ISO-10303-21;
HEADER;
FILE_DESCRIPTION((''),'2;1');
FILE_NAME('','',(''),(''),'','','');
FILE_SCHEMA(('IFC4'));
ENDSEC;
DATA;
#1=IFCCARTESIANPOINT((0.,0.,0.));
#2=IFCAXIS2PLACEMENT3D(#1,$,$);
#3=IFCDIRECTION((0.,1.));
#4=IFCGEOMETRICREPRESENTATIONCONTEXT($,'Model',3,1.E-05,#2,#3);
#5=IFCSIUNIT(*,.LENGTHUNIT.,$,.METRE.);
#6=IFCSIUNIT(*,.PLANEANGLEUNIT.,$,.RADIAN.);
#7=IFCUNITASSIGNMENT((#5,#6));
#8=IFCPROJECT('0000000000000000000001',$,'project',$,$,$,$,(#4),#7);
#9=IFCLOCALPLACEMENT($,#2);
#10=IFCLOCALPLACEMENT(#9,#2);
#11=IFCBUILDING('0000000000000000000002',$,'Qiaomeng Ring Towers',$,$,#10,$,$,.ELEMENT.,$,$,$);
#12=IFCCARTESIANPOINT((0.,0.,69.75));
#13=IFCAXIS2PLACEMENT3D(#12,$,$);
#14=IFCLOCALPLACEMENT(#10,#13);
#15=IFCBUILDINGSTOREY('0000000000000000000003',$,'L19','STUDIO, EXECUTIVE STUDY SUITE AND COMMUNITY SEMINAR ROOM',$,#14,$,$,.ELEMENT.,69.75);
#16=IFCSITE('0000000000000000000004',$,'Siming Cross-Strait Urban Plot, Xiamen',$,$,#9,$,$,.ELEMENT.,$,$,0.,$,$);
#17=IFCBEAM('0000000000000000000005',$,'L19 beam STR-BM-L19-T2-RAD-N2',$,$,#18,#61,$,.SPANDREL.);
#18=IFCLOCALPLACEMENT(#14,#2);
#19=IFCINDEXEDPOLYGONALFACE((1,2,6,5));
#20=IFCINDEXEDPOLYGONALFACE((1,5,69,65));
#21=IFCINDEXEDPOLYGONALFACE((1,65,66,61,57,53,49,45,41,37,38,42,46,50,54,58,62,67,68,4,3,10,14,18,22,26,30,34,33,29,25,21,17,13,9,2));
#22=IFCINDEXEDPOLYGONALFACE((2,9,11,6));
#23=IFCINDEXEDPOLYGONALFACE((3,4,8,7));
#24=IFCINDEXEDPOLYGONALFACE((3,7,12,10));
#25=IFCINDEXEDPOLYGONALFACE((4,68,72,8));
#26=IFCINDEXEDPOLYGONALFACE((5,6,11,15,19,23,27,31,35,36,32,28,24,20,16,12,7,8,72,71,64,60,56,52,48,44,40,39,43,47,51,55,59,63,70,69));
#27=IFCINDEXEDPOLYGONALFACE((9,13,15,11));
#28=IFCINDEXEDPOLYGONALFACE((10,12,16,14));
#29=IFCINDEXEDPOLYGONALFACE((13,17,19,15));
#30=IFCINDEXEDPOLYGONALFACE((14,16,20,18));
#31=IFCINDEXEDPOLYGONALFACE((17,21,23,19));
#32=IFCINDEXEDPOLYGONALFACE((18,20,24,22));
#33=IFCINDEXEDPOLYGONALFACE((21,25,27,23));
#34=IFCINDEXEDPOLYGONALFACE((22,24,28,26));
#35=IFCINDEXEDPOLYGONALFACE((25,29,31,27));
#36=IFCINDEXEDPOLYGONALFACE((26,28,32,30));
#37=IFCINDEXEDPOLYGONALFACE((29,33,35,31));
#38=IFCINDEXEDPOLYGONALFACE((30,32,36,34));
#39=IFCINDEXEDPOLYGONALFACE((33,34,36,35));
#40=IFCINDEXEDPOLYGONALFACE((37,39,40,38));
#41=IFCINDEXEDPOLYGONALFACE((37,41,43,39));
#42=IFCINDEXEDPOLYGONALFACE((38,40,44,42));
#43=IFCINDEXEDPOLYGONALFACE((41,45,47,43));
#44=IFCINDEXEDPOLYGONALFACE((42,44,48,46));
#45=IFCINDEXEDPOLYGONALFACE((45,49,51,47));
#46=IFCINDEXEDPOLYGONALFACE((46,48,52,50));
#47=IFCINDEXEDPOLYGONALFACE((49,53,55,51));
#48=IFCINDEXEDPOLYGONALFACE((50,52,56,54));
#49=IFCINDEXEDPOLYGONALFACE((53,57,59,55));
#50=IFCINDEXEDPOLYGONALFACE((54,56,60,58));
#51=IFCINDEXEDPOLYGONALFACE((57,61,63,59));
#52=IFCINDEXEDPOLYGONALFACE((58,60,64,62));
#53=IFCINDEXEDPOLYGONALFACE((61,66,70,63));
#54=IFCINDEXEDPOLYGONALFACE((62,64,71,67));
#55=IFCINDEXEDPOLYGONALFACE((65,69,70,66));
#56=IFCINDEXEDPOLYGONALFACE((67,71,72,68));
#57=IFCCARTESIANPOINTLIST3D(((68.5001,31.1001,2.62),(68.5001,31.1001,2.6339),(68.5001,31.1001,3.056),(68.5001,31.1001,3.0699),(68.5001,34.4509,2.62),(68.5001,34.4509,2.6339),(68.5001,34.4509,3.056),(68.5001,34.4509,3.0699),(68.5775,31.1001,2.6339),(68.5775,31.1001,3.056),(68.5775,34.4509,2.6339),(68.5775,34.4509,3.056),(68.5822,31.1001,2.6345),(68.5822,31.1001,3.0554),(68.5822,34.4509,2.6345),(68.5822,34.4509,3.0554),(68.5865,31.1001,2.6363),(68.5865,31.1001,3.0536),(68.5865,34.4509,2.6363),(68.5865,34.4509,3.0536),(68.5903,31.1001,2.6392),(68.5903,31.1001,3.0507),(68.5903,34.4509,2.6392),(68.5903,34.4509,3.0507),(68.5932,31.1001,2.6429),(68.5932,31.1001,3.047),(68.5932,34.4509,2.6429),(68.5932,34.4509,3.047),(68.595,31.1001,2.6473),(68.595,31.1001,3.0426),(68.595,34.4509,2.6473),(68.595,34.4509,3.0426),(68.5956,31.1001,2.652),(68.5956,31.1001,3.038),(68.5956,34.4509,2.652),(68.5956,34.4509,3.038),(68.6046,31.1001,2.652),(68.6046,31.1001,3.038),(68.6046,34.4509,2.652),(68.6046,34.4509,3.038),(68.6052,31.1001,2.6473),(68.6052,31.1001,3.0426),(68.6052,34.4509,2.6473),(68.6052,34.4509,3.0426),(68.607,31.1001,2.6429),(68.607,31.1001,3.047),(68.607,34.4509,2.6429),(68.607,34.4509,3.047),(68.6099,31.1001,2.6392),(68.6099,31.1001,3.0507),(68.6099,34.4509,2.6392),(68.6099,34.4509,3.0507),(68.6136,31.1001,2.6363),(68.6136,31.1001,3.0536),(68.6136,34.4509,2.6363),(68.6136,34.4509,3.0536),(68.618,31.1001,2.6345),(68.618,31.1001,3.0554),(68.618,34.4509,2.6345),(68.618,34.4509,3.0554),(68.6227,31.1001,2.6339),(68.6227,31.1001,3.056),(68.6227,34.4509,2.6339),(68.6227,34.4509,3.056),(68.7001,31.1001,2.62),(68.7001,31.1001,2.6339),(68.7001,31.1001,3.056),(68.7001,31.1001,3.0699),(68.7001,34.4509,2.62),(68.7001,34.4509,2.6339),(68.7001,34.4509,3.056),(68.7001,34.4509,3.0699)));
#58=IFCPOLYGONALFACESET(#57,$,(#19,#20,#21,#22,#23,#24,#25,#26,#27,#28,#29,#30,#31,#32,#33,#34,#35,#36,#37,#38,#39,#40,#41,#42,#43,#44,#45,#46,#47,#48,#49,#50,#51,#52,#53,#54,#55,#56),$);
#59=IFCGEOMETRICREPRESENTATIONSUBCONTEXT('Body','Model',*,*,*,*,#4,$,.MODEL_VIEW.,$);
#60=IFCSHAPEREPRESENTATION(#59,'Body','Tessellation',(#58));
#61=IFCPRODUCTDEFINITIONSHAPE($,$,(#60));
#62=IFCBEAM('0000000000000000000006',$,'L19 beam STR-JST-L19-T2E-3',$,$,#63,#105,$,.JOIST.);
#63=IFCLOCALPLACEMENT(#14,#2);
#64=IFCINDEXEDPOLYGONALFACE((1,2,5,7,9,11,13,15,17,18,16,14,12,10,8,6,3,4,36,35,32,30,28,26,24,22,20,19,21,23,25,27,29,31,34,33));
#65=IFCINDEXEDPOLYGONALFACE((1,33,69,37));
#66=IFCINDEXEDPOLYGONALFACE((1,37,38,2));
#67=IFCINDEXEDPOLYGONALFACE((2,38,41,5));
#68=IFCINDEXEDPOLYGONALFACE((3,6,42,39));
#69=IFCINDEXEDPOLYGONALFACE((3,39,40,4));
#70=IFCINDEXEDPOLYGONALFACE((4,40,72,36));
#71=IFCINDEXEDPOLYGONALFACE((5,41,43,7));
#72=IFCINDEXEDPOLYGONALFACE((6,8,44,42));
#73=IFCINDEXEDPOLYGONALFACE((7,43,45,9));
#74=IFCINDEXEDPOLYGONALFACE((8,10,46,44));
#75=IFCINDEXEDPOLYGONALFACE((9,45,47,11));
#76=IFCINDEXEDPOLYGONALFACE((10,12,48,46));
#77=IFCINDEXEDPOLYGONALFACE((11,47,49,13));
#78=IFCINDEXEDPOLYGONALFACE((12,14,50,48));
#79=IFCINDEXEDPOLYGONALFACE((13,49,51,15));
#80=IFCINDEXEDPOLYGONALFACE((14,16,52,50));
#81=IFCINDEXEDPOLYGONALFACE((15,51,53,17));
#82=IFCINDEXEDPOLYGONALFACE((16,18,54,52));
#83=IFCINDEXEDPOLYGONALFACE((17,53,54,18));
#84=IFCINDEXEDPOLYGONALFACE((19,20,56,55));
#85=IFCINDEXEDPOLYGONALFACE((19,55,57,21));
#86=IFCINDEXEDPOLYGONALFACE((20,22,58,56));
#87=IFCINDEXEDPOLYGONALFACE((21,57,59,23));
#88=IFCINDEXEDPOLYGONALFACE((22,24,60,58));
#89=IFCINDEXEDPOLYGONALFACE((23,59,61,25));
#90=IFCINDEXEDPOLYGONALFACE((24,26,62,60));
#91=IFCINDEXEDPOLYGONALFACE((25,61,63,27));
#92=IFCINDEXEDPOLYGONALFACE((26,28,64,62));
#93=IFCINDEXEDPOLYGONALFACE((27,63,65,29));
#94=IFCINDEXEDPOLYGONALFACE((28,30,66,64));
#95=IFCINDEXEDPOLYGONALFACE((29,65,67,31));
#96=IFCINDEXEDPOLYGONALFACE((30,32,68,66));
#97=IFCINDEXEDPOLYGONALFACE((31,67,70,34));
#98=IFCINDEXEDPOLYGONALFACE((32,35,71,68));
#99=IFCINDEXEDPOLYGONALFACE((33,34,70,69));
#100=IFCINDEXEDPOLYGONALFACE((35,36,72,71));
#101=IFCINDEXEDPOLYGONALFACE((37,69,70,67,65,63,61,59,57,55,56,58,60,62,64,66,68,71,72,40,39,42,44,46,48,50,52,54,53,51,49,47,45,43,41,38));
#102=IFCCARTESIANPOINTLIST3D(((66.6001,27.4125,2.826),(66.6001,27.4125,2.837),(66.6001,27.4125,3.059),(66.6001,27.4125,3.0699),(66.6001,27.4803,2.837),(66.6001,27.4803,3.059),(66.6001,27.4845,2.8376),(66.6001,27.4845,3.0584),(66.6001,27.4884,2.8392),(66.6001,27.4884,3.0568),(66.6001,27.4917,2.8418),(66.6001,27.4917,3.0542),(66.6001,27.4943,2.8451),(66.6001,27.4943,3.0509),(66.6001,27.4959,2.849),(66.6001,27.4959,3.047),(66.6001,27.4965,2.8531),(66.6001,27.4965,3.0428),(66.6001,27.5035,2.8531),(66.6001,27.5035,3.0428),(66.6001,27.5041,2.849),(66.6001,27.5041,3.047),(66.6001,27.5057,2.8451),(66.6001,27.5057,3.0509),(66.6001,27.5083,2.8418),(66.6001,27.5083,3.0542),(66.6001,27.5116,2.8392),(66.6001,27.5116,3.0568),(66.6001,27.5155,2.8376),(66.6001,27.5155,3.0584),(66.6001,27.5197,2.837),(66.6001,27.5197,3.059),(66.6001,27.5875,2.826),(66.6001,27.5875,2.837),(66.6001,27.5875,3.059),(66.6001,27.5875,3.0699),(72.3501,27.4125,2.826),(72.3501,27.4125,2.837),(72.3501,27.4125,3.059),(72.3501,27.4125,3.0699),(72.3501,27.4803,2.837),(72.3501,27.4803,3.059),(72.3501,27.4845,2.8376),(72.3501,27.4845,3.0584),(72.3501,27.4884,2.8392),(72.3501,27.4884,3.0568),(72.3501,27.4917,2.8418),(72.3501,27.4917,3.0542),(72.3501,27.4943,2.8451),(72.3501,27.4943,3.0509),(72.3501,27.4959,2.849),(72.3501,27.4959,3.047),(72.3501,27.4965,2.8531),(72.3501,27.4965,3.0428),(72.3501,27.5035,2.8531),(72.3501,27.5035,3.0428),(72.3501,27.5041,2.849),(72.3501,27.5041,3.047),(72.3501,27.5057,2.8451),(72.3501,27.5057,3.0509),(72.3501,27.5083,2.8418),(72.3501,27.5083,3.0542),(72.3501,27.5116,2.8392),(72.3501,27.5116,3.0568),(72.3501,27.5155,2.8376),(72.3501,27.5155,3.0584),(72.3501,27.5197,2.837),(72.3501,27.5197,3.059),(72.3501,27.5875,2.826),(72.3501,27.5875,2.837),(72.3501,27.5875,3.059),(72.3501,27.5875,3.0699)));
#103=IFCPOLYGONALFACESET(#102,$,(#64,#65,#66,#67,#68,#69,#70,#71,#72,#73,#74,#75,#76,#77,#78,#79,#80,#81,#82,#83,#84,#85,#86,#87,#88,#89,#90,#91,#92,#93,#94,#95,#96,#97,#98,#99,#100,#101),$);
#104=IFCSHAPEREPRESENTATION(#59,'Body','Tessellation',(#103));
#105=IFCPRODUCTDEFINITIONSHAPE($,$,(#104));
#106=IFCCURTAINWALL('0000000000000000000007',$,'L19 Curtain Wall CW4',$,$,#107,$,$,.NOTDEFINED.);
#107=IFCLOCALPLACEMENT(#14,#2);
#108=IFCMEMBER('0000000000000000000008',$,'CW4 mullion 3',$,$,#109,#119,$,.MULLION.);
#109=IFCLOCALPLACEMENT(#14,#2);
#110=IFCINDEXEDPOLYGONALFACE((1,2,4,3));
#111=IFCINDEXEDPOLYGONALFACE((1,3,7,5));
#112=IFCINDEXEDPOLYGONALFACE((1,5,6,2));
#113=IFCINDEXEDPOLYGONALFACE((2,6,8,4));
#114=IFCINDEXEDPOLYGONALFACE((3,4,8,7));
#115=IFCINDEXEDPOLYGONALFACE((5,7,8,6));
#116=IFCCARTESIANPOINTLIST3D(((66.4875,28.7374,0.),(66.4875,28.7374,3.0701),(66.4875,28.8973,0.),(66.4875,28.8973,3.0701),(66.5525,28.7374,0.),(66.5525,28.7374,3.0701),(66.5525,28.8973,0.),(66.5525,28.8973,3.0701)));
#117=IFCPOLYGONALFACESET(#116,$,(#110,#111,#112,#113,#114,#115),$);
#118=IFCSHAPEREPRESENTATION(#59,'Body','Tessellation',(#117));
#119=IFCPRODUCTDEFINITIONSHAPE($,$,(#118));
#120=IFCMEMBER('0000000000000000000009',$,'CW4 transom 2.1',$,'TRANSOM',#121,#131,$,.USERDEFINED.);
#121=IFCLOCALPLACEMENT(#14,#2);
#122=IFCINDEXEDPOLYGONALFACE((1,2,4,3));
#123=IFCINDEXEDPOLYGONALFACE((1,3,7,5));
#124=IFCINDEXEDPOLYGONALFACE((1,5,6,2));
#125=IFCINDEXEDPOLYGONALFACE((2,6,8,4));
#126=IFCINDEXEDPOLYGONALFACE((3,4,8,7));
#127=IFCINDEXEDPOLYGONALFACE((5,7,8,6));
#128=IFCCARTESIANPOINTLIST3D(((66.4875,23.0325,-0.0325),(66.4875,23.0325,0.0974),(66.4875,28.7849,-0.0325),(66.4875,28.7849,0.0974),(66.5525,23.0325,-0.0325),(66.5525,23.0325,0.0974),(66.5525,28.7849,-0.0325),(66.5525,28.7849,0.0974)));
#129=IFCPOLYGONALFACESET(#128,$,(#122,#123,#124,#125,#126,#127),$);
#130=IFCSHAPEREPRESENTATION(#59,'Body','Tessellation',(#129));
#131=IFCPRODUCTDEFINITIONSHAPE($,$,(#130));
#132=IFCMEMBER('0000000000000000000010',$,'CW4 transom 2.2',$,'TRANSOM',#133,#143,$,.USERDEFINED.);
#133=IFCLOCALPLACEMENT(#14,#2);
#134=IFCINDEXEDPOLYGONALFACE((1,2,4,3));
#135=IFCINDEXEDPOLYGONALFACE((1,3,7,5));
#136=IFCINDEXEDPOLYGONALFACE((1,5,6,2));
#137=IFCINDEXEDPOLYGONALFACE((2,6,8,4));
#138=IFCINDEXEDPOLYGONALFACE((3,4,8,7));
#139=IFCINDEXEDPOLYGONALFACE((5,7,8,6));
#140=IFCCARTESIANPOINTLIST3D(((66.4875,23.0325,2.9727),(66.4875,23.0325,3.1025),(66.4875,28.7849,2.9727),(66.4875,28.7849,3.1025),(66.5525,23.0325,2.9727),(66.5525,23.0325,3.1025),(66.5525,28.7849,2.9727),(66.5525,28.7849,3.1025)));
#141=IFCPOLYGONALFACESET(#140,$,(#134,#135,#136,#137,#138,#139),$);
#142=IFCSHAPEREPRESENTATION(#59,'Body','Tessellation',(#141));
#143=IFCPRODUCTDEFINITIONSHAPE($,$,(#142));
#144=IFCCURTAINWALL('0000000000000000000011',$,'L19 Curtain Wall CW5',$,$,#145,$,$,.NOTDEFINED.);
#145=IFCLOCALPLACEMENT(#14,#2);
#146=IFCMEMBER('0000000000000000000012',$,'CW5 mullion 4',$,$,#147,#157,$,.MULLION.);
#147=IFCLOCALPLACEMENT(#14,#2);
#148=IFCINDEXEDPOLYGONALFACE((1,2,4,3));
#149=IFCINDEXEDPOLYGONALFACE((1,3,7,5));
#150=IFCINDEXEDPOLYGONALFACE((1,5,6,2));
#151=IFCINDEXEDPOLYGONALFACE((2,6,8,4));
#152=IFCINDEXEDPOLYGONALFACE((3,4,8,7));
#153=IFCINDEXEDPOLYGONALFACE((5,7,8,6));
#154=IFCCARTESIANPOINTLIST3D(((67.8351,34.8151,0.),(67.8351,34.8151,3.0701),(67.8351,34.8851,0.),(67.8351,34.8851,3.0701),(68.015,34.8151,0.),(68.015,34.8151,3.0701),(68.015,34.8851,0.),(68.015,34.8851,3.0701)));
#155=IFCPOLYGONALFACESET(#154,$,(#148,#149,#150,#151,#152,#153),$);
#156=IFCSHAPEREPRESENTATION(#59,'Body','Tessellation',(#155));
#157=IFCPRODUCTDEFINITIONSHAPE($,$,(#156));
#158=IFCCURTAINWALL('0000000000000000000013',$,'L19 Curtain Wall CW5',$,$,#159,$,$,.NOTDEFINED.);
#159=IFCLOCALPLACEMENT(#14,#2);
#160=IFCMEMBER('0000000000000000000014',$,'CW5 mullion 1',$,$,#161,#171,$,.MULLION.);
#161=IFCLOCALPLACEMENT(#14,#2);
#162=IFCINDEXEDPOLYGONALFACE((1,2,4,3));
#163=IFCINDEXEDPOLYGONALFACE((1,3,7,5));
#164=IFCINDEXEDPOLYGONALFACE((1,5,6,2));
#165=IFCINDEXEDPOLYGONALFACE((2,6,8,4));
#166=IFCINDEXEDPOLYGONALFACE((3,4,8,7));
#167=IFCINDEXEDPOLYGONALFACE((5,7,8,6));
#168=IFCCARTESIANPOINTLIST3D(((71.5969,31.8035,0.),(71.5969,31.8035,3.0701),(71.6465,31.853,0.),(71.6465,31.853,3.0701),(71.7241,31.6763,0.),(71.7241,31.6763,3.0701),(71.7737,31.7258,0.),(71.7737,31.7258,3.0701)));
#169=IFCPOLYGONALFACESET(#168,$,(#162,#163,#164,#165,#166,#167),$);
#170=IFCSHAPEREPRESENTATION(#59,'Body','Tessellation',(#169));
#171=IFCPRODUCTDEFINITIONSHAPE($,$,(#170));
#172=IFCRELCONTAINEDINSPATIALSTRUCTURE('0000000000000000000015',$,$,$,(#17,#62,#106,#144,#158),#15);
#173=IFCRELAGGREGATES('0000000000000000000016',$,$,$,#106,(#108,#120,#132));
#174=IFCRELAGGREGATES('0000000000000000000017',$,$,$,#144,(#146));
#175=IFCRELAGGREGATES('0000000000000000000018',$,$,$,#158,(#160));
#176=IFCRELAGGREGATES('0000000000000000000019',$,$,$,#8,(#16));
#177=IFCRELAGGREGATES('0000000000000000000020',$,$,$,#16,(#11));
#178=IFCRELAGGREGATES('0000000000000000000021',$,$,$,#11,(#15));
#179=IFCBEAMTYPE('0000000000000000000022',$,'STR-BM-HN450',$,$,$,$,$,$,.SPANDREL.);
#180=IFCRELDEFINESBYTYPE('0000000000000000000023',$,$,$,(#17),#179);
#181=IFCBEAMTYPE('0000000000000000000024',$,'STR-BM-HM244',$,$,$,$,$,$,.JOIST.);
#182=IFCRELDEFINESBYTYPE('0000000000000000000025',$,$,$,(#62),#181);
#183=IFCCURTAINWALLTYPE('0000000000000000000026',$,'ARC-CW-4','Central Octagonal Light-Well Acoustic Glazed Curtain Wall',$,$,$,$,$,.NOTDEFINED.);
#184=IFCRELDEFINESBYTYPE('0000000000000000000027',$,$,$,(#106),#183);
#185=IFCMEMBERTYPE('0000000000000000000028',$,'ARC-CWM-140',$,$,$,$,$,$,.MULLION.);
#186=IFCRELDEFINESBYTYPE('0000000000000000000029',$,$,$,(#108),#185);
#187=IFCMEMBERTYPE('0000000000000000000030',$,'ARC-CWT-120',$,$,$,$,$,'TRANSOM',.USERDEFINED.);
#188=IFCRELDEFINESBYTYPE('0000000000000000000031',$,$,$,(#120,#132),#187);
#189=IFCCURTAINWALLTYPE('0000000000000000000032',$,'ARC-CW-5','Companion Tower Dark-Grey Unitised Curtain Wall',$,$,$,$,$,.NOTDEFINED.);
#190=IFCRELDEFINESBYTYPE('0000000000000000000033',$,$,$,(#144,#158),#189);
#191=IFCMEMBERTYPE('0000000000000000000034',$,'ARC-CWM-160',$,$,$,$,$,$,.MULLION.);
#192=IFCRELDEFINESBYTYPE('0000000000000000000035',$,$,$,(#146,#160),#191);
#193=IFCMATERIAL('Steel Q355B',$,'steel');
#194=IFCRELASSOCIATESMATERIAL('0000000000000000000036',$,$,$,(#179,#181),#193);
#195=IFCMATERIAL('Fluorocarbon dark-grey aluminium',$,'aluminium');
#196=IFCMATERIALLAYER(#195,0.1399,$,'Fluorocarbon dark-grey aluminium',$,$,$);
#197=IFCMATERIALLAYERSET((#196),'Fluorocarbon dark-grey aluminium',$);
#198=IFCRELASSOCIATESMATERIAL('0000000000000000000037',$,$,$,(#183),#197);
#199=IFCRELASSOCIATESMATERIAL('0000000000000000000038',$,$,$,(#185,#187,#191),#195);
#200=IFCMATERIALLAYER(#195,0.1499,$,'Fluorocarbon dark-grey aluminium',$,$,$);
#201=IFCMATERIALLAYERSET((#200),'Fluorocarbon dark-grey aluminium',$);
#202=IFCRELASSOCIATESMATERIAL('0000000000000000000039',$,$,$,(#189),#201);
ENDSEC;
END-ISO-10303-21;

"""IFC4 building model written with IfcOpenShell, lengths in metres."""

from ifc_helpers import new_model, si_unit, direction, frame, origin, origin_2d, place, context, subcontext, project, spatial, rectangle, i_section, extrude, source, transform, mapped, material, layer, layer_set, material_profile, profile_set, type_object, element, aggregate, save


model = new_model("IFC4")

# Units and contexts
model_context = context("Model", 3, precision=1e-05, world=origin(), true_north=direction((0.0, 1.0)))
body_context = subcontext(model_context, "Body", "Model", "MODEL_VIEW")
ifc_project = project(units=[si_unit("LENGTHUNIT", "METRE"), si_unit("PLANEANGLEUNIT", "RADIAN")], contexts=[model_context])

# Site, building, storey
site_placement = place(None, origin())
site = spatial("IfcSite", under=ifc_project, at=site_placement, Name="Siming Cross-Strait Urban Plot, Xiamen", CompositionType="ELEMENT", RefElevation=0.0)
building_placement = place(site_placement, origin())
building = spatial("IfcBuilding", under=site, at=building_placement, Name="Qiaomeng Ring Towers", CompositionType="ELEMENT")
storey_placement = place(building_placement, frame((0.0, 0.0, 69.75)))
storey = spatial("IfcBuildingStorey", under=building, at=storey_placement, Name="L19", Description="STUDIO, EXECUTIVE STUDY SUITE AND COMMUNITY SEMINAR ROOM", CompositionType="ELEMENT", Elevation=69.75)

# Beams
ifc_material_1 = material(Name="Steel Q355B", Category="steel")
ifc_material_profile_1 = material_profile(ifc_material_1, i_section(OverallWidth=0.2, OverallDepth=0.45, WebThickness=0.009, FlangeThickness=0.0139, FilletRadius=0.0181, at=origin_2d()), Name="HN 450x200x9x14")
ifc_profile_set_1 = profile_set([ifc_material_profile_1], Name="Steel Q355B")
beam_type_1 = type_object("IfcBeamType", Name="STR-BM-HN450", PredefinedType="SPANDREL", material=ifc_profile_set_1)
shared_shape_1 = source(origin(), body_context, "Body", "SweptSolid", [
    extrude(i_section(OverallWidth=0.2, OverallDepth=0.45, WebThickness=0.009, FlangeThickness=0.0139, FilletRadius=0.0181, at=origin_2d()), origin(), (0.0, 0.0, 1.0), 3.3508),
])
beam_1_placement = place(storey_placement, frame((68.6001, 34.4509, 2.845), z_axis=(0.0, -1.0, 0.0), x_axis=(1.0, 0.0, 0.0)))
element("IfcBeam", 1, at=beam_1_placement, inside=storey, type_object=beam_type_1, Name="L19 beam STR-BM-L19-T2-RAD-N2", PredefinedType="SPANDREL", context=body_context, shape_type="MappedRepresentation", body=[
    mapped(shared_shape_1, transform((0.0, 0.0, 0.0), x_axis=(1.0, 0.0, 0.0), y_axis=(0.0, 1.0, 0.0), z_axis=(0.0, 0.0, 1.0), scale=1.0)),
])
ifc_material_profile_2 = material_profile(ifc_material_1, i_section(OverallWidth=0.175, OverallDepth=0.2439, WebThickness=0.0071, FlangeThickness=0.011, FilletRadius=0.0161, at=origin_2d()), Name="HM 244x175x7x11")
ifc_profile_set_2 = profile_set([ifc_material_profile_2], Name="Steel Q355B")
beam_type_2 = type_object("IfcBeamType", Name="STR-BM-HM244", PredefinedType="JOIST", material=ifc_profile_set_2)
shared_shape_2 = source(origin(), body_context, "Body", "SweptSolid", [
    extrude(i_section(OverallWidth=0.175, OverallDepth=0.2439, WebThickness=0.0071, FlangeThickness=0.011, FilletRadius=0.0161, at=origin_2d()), origin(), (0.0, 0.0, 1.0), 5.75),
])
beam_2_placement = place(storey_placement, frame((66.6001, 27.5, 2.948), z_axis=(1.0, 0.0, 0.0), x_axis=(0.0, 1.0, 0.0)))
element("IfcBeam", 2, at=beam_2_placement, inside=storey, type_object=beam_type_2, Name="L19 beam STR-JST-L19-T2E-3", PredefinedType="JOIST", context=body_context, shape_type="MappedRepresentation", body=[
    mapped(shared_shape_2, transform((0.0, 0.0, 0.0), x_axis=(1.0, 0.0, 0.0), y_axis=(0.0, 1.0, 0.0), z_axis=(0.0, 0.0, 1.0), scale=1.0)),
])

# Curtain wall, members
ifc_material_2 = material(Name="Fluorocarbon dark-grey aluminium", Category="aluminium")
ifc_layer_1 = layer(ifc_material_2, 0.1399, Name="Fluorocarbon dark-grey aluminium")
ifc_layer_set_1 = layer_set([ifc_layer_1], Name="Fluorocarbon dark-grey aluminium")
curtain_wall_type_1 = type_object("IfcCurtainWallType", Name="ARC-CW-4", Description="Central Octagonal Light-Well Acoustic Glazed Curtain Wall", PredefinedType="NOTDEFINED", material=ifc_layer_set_1)
curtain_wall_1_placement = place(storey_placement, origin())
curtain_wall_1 = element("IfcCurtainWall", 3, at=curtain_wall_1_placement, inside=storey, type_object=curtain_wall_type_1, Name="L19 Curtain Wall CW4", PredefinedType="NOTDEFINED")
ifc_material_profile_3 = material_profile(ifc_material_2, rectangle(XDim=0.0649, YDim=0.1599, at=origin_2d()), Name="ALU MULL 65x160")
ifc_profile_set_3 = profile_set([ifc_material_profile_3], Name="Fluorocarbon dark-grey aluminium")
member_type_1 = type_object("IfcMemberType", Name="ARC-CWM-140", PredefinedType="MULLION", material=ifc_profile_set_3)
shared_shape_3 = source(origin(), body_context, "Body", "SweptSolid", [
    extrude(rectangle(XDim=0.0649, YDim=0.1599, at=origin_2d()), origin(), (0.0, 0.0, 1.0), 3.0701),
])
member_1_placement = place(storey_placement, frame((66.52, 28.8174, 0.0), z_axis=(0.0, 0.0, 1.0), x_axis=(-1.0, 0.0, 0.0)))
member_1 = element("IfcMember", 4, at=member_1_placement, type_object=member_type_1, Name="CW4 mullion 3", PredefinedType="MULLION", context=body_context, shape_type="MappedRepresentation", body=[
    mapped(shared_shape_3, transform((0.0, 0.0, 0.0), x_axis=(1.0, 0.0, 0.0), y_axis=(0.0, 1.0, 0.0), z_axis=(0.0, 0.0, 1.0), scale=1.0)),
])
ifc_material_profile_4 = material_profile(ifc_material_2, rectangle(XDim=0.0649, YDim=0.1299, at=origin_2d()), Name="ALU TRAN 65x130")
ifc_profile_set_4 = profile_set([ifc_material_profile_4], Name="Fluorocarbon dark-grey aluminium")
member_type_2 = type_object("IfcMemberType", Name="ARC-CWT-120", ElementType="TRANSOM", PredefinedType="USERDEFINED", material=ifc_profile_set_4)
shared_shape_4 = source(origin(), body_context, "Body", "SweptSolid", [
    extrude(rectangle(XDim=0.0649, YDim=0.1299, at=origin_2d()), origin(), (0.0, 0.0, 1.0), 5.7524),
])
member_2_placement = place(storey_placement, frame((66.52, 23.0325, 0.0325), z_axis=(0.0, 1.0, 0.0), x_axis=(-1.0, 0.0, 0.0)))
member_2 = element("IfcMember", 5, at=member_2_placement, type_object=member_type_2, Name="CW4 transom 2.1", ObjectType="TRANSOM", PredefinedType="USERDEFINED", context=body_context, shape_type="MappedRepresentation", body=[
    mapped(shared_shape_4, transform((0.0, 0.0, 0.0), x_axis=(1.0, 0.0, 0.0), y_axis=(0.0, 1.0, 0.0), z_axis=(0.0, 0.0, 1.0), scale=1.0)),
])
member_3_placement = place(storey_placement, frame((66.52, 23.0325, 3.0376), z_axis=(0.0, 1.0, 0.0), x_axis=(-1.0, 0.0, 0.0)))
member_3 = element("IfcMember", 6, at=member_3_placement, type_object=member_type_2, Name="CW4 transom 2.2", ObjectType="TRANSOM", PredefinedType="USERDEFINED", context=body_context, shape_type="MappedRepresentation", body=[
    mapped(shared_shape_4, transform((0.0, 0.0, 0.0), x_axis=(1.0, 0.0, 0.0), y_axis=(0.0, 1.0, 0.0), z_axis=(0.0, 0.0, 1.0), scale=1.0)),
])

# Curtain wall, member
ifc_layer_2 = layer(ifc_material_2, 0.1499, Name="Fluorocarbon dark-grey aluminium")
ifc_layer_set_2 = layer_set([ifc_layer_2], Name="Fluorocarbon dark-grey aluminium")
curtain_wall_type_2 = type_object("IfcCurtainWallType", Name="ARC-CW-5", Description="Companion Tower Dark-Grey Unitised Curtain Wall", PredefinedType="NOTDEFINED", material=ifc_layer_set_2)
curtain_wall_2_placement = place(storey_placement, origin())
curtain_wall_2 = element("IfcCurtainWall", 7, at=curtain_wall_2_placement, inside=storey, type_object=curtain_wall_type_2, Name="L19 Curtain Wall CW5", PredefinedType="NOTDEFINED")
ifc_material_profile_5 = material_profile(ifc_material_2, rectangle(XDim=0.0701, YDim=0.1799, at=origin_2d()), Name="ALU MULL 70x180")
ifc_profile_set_5 = profile_set([ifc_material_profile_5], Name="Fluorocarbon dark-grey aluminium")
member_type_3 = type_object("IfcMemberType", Name="ARC-CWM-160", PredefinedType="MULLION", material=ifc_profile_set_5)
shared_shape_5 = source(origin(), body_context, "Body", "SweptSolid", [
    extrude(rectangle(XDim=0.0701, YDim=0.1799, at=origin_2d()), origin(), (0.0, 0.0, 1.0), 3.0701),
])
member_4_placement = place(storey_placement, frame((67.925, 34.8501, 0.0), z_axis=(0.0, 0.0, 1.0), x_axis=(0.0, 1.0, 0.0)))
member_4 = element("IfcMember", 8, at=member_4_placement, type_object=member_type_3, Name="CW5 mullion 4", PredefinedType="MULLION", context=body_context, shape_type="MappedRepresentation", body=[
    mapped(shared_shape_5, transform((0.0, 0.0, 0.0), x_axis=(1.0, 0.0, 0.0), y_axis=(0.0, 1.0, 0.0), z_axis=(0.0, 0.0, 1.0), scale=1.0)),
])

# Curtain wall, member
curtain_wall_3_placement = place(storey_placement, origin())
curtain_wall_3 = element("IfcCurtainWall", 9, at=curtain_wall_3_placement, inside=storey, type_object=curtain_wall_type_2, Name="L19 Curtain Wall CW5", PredefinedType="NOTDEFINED")
member_5_placement = place(storey_placement, frame((71.6853, 31.7646, 0.0), z_axis=(0.0, 0.0, 1.0), x_axis=(-0.707107, -0.707107, 0.0)))
member_5 = element("IfcMember", 10, at=member_5_placement, type_object=member_type_3, Name="CW5 mullion 1", PredefinedType="MULLION", context=body_context, shape_type="MappedRepresentation", body=[
    mapped(shared_shape_5, transform((0.0, 0.0, 0.0), x_axis=(1.0, 0.0, 0.0), y_axis=(0.0, 1.0, 0.0), z_axis=(0.0, 0.0, 1.0), scale=1.0)),
])

aggregate(curtain_wall_1, [member_1, member_2, member_3])
aggregate(curtain_wall_2, [member_4])
aggregate(curtain_wall_3, [member_5])

save(model, "model.ifc")
